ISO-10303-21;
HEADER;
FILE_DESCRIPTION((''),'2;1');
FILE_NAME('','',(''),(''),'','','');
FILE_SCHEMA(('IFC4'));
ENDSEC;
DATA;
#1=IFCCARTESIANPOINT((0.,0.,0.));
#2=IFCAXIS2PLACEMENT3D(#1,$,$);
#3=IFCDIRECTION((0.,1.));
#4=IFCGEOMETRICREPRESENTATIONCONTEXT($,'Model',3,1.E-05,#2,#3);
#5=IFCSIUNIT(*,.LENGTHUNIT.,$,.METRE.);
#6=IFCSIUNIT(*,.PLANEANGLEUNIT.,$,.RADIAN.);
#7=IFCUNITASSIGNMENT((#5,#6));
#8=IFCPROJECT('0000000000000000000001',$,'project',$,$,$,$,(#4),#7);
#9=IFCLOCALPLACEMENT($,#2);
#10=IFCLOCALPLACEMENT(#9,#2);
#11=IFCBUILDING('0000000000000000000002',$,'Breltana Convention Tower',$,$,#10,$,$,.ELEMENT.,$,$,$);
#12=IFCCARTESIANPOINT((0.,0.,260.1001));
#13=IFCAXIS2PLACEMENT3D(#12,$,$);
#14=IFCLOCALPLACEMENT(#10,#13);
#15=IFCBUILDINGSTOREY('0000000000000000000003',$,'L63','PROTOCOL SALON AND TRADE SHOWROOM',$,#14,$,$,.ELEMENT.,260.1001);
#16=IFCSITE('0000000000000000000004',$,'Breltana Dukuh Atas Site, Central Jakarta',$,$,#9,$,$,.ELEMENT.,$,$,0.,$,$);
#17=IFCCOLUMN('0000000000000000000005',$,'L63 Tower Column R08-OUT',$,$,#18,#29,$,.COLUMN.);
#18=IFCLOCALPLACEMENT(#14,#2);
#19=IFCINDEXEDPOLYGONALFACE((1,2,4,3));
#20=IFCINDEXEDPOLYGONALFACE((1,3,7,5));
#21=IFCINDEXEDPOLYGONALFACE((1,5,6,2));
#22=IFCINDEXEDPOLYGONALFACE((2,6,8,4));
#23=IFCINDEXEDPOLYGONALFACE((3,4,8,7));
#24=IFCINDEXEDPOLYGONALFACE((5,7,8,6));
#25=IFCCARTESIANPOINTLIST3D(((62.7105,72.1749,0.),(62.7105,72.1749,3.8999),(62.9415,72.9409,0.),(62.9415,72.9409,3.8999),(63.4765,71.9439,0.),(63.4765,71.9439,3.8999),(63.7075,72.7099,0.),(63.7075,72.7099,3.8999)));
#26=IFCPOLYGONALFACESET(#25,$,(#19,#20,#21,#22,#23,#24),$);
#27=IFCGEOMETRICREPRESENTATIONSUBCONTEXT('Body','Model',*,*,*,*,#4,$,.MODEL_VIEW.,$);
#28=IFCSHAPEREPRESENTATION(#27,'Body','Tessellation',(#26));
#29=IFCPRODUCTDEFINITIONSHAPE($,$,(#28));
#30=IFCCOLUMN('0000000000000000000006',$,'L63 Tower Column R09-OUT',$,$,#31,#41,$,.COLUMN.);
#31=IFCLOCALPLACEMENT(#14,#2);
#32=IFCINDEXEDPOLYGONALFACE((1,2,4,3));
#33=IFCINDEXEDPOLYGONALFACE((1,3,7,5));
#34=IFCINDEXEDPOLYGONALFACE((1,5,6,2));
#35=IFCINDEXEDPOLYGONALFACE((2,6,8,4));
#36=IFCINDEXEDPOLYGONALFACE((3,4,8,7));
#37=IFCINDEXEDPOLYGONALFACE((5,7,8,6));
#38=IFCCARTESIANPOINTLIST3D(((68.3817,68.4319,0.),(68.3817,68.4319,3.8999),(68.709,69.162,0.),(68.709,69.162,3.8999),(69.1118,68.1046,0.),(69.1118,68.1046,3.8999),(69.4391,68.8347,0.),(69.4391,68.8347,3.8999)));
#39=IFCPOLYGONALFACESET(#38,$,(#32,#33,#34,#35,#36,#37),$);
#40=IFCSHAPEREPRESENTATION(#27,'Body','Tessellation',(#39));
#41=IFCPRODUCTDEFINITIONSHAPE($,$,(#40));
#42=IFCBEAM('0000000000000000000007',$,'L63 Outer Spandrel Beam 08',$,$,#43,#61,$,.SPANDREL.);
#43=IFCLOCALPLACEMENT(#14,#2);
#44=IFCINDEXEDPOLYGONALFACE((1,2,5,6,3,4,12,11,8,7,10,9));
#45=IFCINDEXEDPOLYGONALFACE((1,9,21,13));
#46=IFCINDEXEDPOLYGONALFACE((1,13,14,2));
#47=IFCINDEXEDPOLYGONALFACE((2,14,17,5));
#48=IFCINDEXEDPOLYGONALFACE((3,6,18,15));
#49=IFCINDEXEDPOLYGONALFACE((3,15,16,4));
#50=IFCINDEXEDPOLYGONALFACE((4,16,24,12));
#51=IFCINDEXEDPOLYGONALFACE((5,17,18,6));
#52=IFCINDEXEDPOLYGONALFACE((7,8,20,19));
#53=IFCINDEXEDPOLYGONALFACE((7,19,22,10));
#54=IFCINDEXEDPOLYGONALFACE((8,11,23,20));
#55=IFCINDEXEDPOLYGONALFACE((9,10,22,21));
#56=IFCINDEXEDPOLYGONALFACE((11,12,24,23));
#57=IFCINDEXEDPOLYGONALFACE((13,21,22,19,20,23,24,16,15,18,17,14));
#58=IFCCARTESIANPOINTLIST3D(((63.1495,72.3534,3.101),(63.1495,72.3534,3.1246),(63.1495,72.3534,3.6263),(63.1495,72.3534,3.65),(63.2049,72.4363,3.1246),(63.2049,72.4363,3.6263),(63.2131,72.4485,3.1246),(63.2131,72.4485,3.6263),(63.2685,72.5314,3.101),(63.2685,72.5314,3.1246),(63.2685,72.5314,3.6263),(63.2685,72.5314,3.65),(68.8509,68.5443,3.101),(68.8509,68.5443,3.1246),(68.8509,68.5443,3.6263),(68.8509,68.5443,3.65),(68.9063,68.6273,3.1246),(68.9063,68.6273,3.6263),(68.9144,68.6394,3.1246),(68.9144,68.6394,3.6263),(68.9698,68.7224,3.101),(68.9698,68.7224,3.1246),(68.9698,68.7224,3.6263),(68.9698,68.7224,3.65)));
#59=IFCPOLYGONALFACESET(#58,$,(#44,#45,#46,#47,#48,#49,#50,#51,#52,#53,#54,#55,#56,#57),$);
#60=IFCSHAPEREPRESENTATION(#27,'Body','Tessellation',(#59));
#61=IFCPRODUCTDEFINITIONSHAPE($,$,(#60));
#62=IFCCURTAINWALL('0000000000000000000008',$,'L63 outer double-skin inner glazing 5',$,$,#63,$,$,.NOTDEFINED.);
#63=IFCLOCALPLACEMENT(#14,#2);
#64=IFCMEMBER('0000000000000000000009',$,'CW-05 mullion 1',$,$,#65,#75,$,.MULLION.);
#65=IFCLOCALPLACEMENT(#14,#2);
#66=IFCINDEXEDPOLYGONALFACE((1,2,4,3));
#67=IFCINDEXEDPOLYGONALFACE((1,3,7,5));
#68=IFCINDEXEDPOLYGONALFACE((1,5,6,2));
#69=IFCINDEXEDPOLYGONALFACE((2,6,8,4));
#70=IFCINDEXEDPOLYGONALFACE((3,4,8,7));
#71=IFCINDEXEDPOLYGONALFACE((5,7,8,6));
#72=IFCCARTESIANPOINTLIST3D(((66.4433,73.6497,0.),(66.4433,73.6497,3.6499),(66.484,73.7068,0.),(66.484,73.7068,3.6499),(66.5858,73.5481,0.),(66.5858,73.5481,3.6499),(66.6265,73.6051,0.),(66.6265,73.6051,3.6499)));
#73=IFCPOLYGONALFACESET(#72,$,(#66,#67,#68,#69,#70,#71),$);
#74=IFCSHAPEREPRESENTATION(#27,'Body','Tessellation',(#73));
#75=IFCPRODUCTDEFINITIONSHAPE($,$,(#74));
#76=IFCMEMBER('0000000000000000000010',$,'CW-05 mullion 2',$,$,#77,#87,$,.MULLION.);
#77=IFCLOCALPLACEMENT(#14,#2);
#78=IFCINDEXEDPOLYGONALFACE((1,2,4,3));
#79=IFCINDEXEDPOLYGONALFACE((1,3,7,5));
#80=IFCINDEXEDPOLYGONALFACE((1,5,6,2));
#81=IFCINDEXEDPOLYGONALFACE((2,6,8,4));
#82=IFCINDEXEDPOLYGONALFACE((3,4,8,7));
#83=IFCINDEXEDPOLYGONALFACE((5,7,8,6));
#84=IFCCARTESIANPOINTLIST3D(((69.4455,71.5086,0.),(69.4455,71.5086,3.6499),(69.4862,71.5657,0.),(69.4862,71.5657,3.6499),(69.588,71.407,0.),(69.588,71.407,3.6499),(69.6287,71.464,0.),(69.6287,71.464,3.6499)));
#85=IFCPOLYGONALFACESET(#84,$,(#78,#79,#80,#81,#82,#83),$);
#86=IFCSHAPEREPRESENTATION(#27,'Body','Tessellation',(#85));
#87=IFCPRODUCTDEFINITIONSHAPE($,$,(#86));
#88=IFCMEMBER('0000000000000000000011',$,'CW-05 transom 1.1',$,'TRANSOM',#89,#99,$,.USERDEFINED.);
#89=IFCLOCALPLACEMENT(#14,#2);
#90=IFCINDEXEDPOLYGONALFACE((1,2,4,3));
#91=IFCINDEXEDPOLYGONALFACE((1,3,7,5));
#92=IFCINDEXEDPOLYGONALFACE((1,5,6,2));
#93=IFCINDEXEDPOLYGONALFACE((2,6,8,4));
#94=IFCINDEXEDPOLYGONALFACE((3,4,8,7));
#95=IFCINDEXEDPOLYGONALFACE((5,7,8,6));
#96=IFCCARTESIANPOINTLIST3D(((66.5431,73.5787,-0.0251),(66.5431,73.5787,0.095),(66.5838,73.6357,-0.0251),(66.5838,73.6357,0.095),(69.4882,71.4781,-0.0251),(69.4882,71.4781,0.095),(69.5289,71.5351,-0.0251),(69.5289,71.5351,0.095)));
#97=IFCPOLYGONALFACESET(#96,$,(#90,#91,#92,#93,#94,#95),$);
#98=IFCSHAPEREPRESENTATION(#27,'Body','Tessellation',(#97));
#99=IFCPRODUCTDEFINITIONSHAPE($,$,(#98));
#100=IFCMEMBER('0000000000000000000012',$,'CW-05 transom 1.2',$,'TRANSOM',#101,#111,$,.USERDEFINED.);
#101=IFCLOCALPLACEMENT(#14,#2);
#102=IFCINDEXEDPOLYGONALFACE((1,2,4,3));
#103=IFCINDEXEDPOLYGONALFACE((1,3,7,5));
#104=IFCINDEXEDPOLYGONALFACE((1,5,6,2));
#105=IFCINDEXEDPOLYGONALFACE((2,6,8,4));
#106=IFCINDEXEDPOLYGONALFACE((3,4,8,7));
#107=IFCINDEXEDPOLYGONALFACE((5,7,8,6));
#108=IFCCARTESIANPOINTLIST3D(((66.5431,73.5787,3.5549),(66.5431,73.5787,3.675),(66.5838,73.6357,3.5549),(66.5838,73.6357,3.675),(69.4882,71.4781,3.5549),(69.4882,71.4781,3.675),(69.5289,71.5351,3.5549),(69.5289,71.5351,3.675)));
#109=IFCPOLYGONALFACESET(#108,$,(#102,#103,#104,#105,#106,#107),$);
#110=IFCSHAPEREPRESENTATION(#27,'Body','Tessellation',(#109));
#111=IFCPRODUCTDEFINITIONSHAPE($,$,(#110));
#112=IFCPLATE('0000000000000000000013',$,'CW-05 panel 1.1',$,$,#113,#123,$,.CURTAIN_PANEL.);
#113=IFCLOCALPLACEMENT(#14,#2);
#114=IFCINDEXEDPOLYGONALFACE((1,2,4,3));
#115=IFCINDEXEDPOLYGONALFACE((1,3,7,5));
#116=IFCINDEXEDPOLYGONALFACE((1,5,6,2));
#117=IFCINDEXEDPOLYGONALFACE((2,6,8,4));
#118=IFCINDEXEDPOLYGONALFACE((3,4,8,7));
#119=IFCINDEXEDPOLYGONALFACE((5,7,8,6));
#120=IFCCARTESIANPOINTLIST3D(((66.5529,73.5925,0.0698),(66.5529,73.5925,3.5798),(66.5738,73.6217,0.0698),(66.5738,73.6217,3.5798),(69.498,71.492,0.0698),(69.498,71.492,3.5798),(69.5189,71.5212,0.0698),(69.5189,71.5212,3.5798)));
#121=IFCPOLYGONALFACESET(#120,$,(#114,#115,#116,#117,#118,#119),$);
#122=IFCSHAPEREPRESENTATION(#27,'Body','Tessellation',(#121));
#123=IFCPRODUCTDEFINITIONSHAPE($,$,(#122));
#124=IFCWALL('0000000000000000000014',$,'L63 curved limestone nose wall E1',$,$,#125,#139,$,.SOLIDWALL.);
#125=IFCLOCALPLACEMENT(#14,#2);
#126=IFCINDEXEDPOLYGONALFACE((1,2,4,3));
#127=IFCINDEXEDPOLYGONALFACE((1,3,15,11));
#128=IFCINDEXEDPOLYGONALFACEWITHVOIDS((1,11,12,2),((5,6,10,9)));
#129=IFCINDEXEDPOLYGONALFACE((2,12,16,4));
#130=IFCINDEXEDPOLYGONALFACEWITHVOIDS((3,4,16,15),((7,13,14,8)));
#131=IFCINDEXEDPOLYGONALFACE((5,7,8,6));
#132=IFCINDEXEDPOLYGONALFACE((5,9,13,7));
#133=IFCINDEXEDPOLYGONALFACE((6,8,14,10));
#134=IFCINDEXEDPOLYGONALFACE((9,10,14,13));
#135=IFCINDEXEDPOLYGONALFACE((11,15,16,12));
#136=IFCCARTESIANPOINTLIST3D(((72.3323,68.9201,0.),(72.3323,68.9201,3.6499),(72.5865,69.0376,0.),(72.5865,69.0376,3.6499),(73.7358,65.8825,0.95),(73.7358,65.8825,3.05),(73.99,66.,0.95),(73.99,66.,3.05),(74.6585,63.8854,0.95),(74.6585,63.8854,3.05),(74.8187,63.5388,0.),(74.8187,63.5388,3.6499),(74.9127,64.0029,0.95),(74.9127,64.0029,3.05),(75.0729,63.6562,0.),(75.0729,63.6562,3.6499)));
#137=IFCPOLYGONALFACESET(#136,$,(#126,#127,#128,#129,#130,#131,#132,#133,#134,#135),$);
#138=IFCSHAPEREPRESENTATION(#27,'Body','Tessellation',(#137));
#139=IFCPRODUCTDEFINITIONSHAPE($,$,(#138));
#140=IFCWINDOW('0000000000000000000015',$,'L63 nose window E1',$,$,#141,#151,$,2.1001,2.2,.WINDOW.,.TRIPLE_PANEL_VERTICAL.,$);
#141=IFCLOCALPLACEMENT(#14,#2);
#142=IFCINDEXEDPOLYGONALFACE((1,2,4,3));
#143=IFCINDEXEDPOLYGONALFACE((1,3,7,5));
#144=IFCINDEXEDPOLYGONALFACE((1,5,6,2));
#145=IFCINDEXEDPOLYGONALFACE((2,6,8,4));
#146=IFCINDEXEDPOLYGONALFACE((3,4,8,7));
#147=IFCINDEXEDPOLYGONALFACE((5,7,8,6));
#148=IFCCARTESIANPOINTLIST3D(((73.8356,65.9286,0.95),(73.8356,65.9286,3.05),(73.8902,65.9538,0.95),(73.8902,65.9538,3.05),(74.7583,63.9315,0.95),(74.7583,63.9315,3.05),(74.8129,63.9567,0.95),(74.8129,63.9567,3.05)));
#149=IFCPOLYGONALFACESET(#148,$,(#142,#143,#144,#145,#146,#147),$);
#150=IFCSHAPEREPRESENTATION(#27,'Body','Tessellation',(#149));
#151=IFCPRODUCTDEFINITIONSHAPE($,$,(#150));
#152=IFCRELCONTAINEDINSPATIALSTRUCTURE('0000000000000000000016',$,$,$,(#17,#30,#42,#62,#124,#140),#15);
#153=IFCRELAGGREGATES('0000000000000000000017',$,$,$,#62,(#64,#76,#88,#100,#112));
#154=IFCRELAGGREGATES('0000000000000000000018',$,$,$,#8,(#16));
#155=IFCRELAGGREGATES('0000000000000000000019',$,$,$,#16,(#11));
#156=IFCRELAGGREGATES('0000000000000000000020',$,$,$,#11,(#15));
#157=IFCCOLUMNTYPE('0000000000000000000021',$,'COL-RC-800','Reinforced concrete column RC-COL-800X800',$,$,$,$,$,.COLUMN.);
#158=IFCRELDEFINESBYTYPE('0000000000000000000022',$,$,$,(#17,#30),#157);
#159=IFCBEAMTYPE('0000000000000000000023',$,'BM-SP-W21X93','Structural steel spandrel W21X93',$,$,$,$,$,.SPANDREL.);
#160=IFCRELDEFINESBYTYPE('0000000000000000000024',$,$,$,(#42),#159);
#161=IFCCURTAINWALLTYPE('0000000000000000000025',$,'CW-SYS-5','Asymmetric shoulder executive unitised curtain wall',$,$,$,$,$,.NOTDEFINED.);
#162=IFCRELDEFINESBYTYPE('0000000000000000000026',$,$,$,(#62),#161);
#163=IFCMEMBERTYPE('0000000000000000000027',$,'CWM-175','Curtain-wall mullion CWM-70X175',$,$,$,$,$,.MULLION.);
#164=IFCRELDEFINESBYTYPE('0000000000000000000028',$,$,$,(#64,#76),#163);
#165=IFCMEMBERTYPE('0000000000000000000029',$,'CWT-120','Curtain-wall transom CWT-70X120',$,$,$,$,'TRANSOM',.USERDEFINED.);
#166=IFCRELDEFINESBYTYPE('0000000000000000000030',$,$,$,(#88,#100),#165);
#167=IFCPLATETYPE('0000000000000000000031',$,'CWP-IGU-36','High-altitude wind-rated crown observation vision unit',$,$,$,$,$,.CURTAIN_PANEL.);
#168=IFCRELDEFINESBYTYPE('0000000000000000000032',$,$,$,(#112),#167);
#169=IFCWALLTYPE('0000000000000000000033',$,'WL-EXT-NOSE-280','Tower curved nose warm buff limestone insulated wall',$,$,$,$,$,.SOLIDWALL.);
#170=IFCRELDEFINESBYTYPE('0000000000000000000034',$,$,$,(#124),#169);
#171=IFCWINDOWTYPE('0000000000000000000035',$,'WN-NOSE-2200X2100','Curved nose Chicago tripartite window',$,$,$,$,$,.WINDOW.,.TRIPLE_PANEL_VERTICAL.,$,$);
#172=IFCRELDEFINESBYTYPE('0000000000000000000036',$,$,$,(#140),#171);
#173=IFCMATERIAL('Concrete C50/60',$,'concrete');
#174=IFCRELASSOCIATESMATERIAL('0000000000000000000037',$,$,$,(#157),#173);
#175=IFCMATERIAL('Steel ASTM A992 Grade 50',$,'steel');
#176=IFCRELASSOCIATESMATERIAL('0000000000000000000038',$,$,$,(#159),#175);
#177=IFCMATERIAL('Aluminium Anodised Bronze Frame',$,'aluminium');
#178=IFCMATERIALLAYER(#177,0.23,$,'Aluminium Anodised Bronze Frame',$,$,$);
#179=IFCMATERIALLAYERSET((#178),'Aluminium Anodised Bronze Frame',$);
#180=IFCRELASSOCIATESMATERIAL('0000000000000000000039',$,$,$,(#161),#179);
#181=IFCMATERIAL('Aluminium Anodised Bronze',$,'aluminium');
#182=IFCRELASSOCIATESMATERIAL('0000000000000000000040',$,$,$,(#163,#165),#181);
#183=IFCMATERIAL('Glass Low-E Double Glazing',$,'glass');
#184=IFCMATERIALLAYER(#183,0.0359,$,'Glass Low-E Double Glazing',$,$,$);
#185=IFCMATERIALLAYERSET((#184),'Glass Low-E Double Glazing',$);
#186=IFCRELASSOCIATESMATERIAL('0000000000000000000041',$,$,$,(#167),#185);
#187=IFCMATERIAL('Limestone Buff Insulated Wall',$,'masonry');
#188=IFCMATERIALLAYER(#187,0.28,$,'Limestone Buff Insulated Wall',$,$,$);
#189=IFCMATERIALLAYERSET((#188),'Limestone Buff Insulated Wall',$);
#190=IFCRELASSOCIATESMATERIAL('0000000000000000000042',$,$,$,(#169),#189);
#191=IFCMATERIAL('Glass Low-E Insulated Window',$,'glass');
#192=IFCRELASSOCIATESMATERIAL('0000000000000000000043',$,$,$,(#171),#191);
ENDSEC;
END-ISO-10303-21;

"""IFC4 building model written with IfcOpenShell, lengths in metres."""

from ifc_helpers import new_model, si_unit, direction, frame, frame_2d, origin, origin_2d, place, context, subcontext, project, spatial, rectangle, i_section, extrude, source, transform, mapped, material, layer, layer_set, material_profile, profile_set, type_object, type_shapes, element, fill, aggregate, save


model = new_model("IFC4")

# Units and contexts
model_context = context("Model", 3, precision=1e-05, world=origin(), true_north=direction((0.0, 1.0)))
body_context = subcontext(model_context, "Body", "Model", "MODEL_VIEW")
ifc_project = project(units=[si_unit("LENGTHUNIT", "METRE"), si_unit("PLANEANGLEUNIT", "RADIAN")], contexts=[model_context])

# Site, building, storey
site_placement = place(None, origin())
site = spatial("IfcSite", under=ifc_project, at=site_placement, Name="Breltana Dukuh Atas Site, Central Jakarta", CompositionType="ELEMENT", RefElevation=0.0)
building_placement = place(site_placement, origin())
building = spatial("IfcBuilding", under=site, at=building_placement, Name="Breltana Convention Tower", CompositionType="ELEMENT")
storey_placement = place(building_placement, frame((0.0, 0.0, 260.1001)))
storey = spatial("IfcBuildingStorey", under=building, at=storey_placement, Name="L63", Description="PROTOCOL SALON AND TRADE SHOWROOM", CompositionType="ELEMENT", Elevation=260.1001)

# Columns
ifc_material_1 = material(Name="Concrete C50/60", Category="concrete")
ifc_material_profile_1 = material_profile(ifc_material_1, rectangle(XDim=0.8, YDim=0.8, at=origin_2d()), Name="RC-COL-800X800")
ifc_profile_set_1 = profile_set([ifc_material_profile_1], Name="Concrete C50/60")
column_type = type_object("IfcColumnType", Name="COL-RC-800", Description="Reinforced concrete column RC-COL-800X800", PredefinedType="COLUMN", material=ifc_profile_set_1)
shared_shape_1 = source(origin(), body_context, "Body", "SweptSolid", [
    extrude(rectangle(XDim=0.8, YDim=0.8, at=origin_2d()), origin(), (0.0, 0.0, 1.0), 3.8999),
])
for number, where, z_axis, x_axis, name in (
    (1, (63.209, 72.4424, 0.0), (0.0, 0.0, 1.0), (0.288698, 0.95742, 0.0), "L63 Tower Column R08-OUT"),
    (2, (68.9104, 68.6333, 0.0), (0.0, 0.0, 1.0), (0.409127, 0.912477, 0.0), "L63 Tower Column R09-OUT"),
):
    element("IfcColumn", number, at=place(storey_placement, frame(where, z_axis=z_axis, x_axis=x_axis)), inside=storey, type_object=column_type, Name=name, PredefinedType="COLUMN", context=body_context, shape_type="MappedRepresentation", body=[
        mapped(shared_shape_1, transform((0.0, 0.0, 0.0), scale=1.0)),
    ])

# Beam
ifc_material_2 = material(Name="Steel ASTM A992 Grade 50", Category="steel")
ifc_material_profile_2 = material_profile(ifc_material_2, i_section(OverallWidth=0.2141, OverallDepth=0.5491, WebThickness=0.0146, FlangeThickness=0.0237, at=origin_2d()), Name="W21X93")
ifc_profile_set_2 = profile_set([ifc_material_profile_2], Name="Steel ASTM A992 Grade 50")
beam_type = type_object("IfcBeamType", Name="BM-SP-W21X93", Description="Structural steel spandrel W21X93", PredefinedType="SPANDREL", material=ifc_profile_set_2)
shared_shape_2 = source(origin(), body_context, "Body", "SweptSolid", [
    extrude(i_section(OverallWidth=0.2141, OverallDepth=0.5491, WebThickness=0.0146, FlangeThickness=0.0237, at=origin_2d()), origin(), (0.0, 0.0, 1.0), 6.8567),
])
beam_placement = place(storey_placement, frame((63.209, 72.4424, 3.3755), z_axis=(0.831502, -0.555522, 0.0), x_axis=(0.555522, 0.831502, 0.0)))
element("IfcBeam", 3, at=beam_placement, inside=storey, type_object=beam_type, Name="L63 Outer Spandrel Beam 08", PredefinedType="SPANDREL", context=body_context, shape_type="MappedRepresentation", body=[
    mapped(shared_shape_2, transform((0.0, 0.0, 0.0), scale=1.0)),
])

# Curtain wall, members, plate
ifc_material_3 = material(Name="Aluminium Anodised Bronze Frame", Category="aluminium")
ifc_layer_1 = layer(ifc_material_3, 0.23, Name="Aluminium Anodised Bronze Frame")
ifc_layer_set_1 = layer_set([ifc_layer_1], Name="Aluminium Anodised Bronze Frame")
curtain_wall_type = type_object("IfcCurtainWallType", Name="CW-SYS-5", Description="Asymmetric shoulder executive unitised curtain wall", PredefinedType="NOTDEFINED", material=ifc_layer_set_1)
curtain_wall_placement = place(storey_placement, origin())
curtain_wall = element("IfcCurtainWall", 4, at=curtain_wall_placement, inside=storey, type_object=curtain_wall_type, Name="L63 outer double-skin inner glazing 5", PredefinedType="NOTDEFINED")
ifc_material_4 = material(Name="Aluminium Anodised Bronze", Category="aluminium")
ifc_material_profile_3 = material_profile(ifc_material_4, rectangle(XDim=0.0701, YDim=0.175, at=origin_2d()), Name="CWM-70X175")
ifc_profile_set_3 = profile_set([ifc_material_profile_3], Name="Aluminium Anodised Bronze")
member_type_1 = type_object("IfcMemberType", Name="CWM-175", Description="Curtain-wall mullion CWM-70X175", PredefinedType="MULLION", material=ifc_profile_set_3)
shared_shape_3 = source(origin(), body_context, "Body", "SweptSolid", [
    extrude(rectangle(XDim=0.0701, YDim=0.175, at=origin_2d()), origin(), (0.0, 0.0, 1.0), 3.6499),
])
member_1_placement = place(storey_placement, frame((66.5349, 73.6274, 0.0), z_axis=(0.0, 0.0, 1.0), x_axis=(0.580662, 0.814145, 0.0)))
member_1 = element("IfcMember", 5, at=member_1_placement, type_object=member_type_1, Name="CW-05 mullion 1", PredefinedType="MULLION", context=body_context, shape_type="MappedRepresentation", body=[
    mapped(shared_shape_3, transform((0.0, 0.0, 0.0), scale=1.0)),
])
member_2_placement = place(storey_placement, frame((69.5371, 71.4863, 0.0), z_axis=(0.0, 0.0, 1.0), x_axis=(0.580662, 0.814145, 0.0)))
member_2 = element("IfcMember", 6, at=member_2_placement, type_object=member_type_1, Name="CW-05 mullion 2", PredefinedType="MULLION", context=body_context, shape_type="MappedRepresentation", body=[
    mapped(shared_shape_3, transform((0.0, 0.0, 0.0), scale=1.0)),
])
ifc_material_profile_4 = material_profile(ifc_material_4, rectangle(XDim=0.0701, YDim=0.1201, at=origin_2d()), Name="CWT-70X120")
ifc_profile_set_4 = profile_set([ifc_material_profile_4], Name="Aluminium Anodised Bronze")
member_type_2 = type_object("IfcMemberType", Name="CWT-120", Description="Curtain-wall transom CWT-70X120", ElementType="TRANSOM", PredefinedType="USERDEFINED", material=ifc_profile_set_4)
shared_shape_4 = source(origin(), body_context, "Body", "SweptSolid", [
    extrude(rectangle(XDim=0.0701, YDim=0.1201, at=origin_2d()), origin(), (0.0, 0.0, 1.0), 3.6174),
])
member_3_placement = place(storey_placement, frame((66.5635, 73.6072, 0.0349), z_axis=(0.81413, -0.580683, 0.0), x_axis=(0.580683, 0.81413, 0.0)))
member_3 = element("IfcMember", 7, at=member_3_placement, type_object=member_type_2, Name="CW-05 transom 1.1", ObjectType="TRANSOM", PredefinedType="USERDEFINED", context=body_context, shape_type="MappedRepresentation", body=[
    mapped(shared_shape_4, transform((0.0, 0.0, 0.0), scale=1.0)),
])
member_4_placement = place(storey_placement, frame((66.5635, 73.6072, 3.615), z_axis=(0.81413, -0.580683, 0.0), x_axis=(0.580683, 0.81413, 0.0)))
member_4 = element("IfcMember", 8, at=member_4_placement, type_object=member_type_2, Name="CW-05 transom 1.2", ObjectType="TRANSOM", PredefinedType="USERDEFINED", context=body_context, shape_type="MappedRepresentation", body=[
    mapped(shared_shape_4, transform((0.0, 0.0, 0.0), scale=1.0)),
])
ifc_material_5 = material(Name="Glass Low-E Double Glazing", Category="glass")
ifc_layer_2 = layer(ifc_material_5, 0.0359, Name="Glass Low-E Double Glazing")
ifc_layer_set_2 = layer_set([ifc_layer_2], Name="Glass Low-E Double Glazing")
plate_type = type_object("IfcPlateType", Name="CWP-IGU-36", Description="High-altitude wind-rated crown observation vision unit", PredefinedType="CURTAIN_PANEL", material=ifc_layer_set_2)
shared_shape_5 = source(origin(), body_context, "Body", "SweptSolid", [
    extrude(rectangle(XDim=3.6174, YDim=0.0359, at=origin_2d()), origin(), (0.0, 0.0, 1.0), 3.51),
])
plate_placement = place(storey_placement, frame((68.0359, 72.5569, 0.0698), z_axis=(0.0, 0.0, 1.0), x_axis=(0.814145, -0.580662, 0.0)))
plate = element("IfcPlate", 9, at=plate_placement, type_object=plate_type, Name="CW-05 panel 1.1", PredefinedType="CURTAIN_PANEL", context=body_context, shape_type="MappedRepresentation", body=[
    mapped(shared_shape_5, transform((0.0, 0.0, 0.0), scale=1.0)),
])
aggregate(curtain_wall, [member_1, member_2, member_3, member_4, plate])

# Wall, opening, window
ifc_material_6 = material(Name="Limestone Buff Insulated Wall", Category="masonry")
ifc_layer_3 = layer(ifc_material_6, 0.28, Name="Limestone Buff Insulated Wall")
ifc_layer_set_3 = layer_set([ifc_layer_3], Name="Limestone Buff Insulated Wall")
wall_type_1 = type_object("IfcWallType", Name="WL-EXT-NOSE-280", Description="Tower curved nose warm buff limestone insulated wall", PredefinedType="SOLIDWALL", material=ifc_layer_set_3)
shared_shape_6 = source(origin(), body_context, "Body", "SweptSolid", [
    extrude(rectangle(XDim=5.928, YDim=0.28, at=frame_2d((2.9639, 0.0))), origin(), (0.0, 0.0, 1.0), 3.6499),
])
wall_1_placement = place(storey_placement, frame((72.4595, 68.9788, 0.0), z_axis=(0.0, 0.0, 1.0), x_axis=(0.419424, -0.907791, 0.0)))
wall_1 = element("IfcWall", 10, at=wall_1_placement, inside=storey, type_object=wall_type_1, Name="L63 curved limestone nose wall E1", PredefinedType="SOLIDWALL", context=body_context, shape_type="MappedRepresentation", body=[
    mapped(shared_shape_6, transform((0.0, 0.0, 0.0), scale=1.0)),
])
opening_1_placement = place(wall_1_placement, frame((3.3459, 0.0, 0.95)))
opening_1 = element("IfcOpeningElement", 11, at=opening_1_placement, cuts=wall_1, PredefinedType="OPENING", context=body_context, shape_type="SweptSolid", body=[
    extrude(rectangle(XDim=2.2, YDim=2.1001, at=frame_2d((1.1001, 1.05))), frame((0.0, 0.1499, 0.0), z_axis=(0.0, -1.0, 0.0), x_axis=(1.0, 0.0, 0.0)), (0.0, 0.0, 1.0), 0.3),
])
ifc_material_7 = material(Name="Glass Low-E Insulated Window", Category="glass")
window_type = type_object("IfcWindowType", Name="WN-NOSE-2200X2100", Description="Curved nose Chicago tripartite window", PartitioningType="TRIPLE_PANEL_VERTICAL", PredefinedType="WINDOW", material=ifc_material_7)
shared_shape_7 = source(origin(), body_context, "Body", "SweptSolid", [
    extrude(rectangle(XDim=2.2, YDim=2.1001, at=frame_2d((1.1001, 1.05))), frame((0.0, 0.03, 0.0), z_axis=(0.0, -1.0, 0.0), x_axis=(1.0, 0.0, 0.0)), (0.0, 0.0, 1.0), 0.0601),
])
type_shapes(window_type, [shared_shape_7])
window_1_placement = place(opening_1_placement, origin())
window_1 = element("IfcWindow", 12, at=window_1_placement, inside=storey, type_object=window_type, Name="L63 nose window E1", OverallHeight=2.1001, OverallWidth=2.2, PartitioningType="TRIPLE_PANEL_VERTICAL", PredefinedType="WINDOW", context=body_context, shape_type="MappedRepresentation", body=[
    mapped(shared_shape_7, transform((0.0, 0.0, 0.0), scale=1.0)),
])
fill(opening_1, window_1)

save(model, "model.ifc")
